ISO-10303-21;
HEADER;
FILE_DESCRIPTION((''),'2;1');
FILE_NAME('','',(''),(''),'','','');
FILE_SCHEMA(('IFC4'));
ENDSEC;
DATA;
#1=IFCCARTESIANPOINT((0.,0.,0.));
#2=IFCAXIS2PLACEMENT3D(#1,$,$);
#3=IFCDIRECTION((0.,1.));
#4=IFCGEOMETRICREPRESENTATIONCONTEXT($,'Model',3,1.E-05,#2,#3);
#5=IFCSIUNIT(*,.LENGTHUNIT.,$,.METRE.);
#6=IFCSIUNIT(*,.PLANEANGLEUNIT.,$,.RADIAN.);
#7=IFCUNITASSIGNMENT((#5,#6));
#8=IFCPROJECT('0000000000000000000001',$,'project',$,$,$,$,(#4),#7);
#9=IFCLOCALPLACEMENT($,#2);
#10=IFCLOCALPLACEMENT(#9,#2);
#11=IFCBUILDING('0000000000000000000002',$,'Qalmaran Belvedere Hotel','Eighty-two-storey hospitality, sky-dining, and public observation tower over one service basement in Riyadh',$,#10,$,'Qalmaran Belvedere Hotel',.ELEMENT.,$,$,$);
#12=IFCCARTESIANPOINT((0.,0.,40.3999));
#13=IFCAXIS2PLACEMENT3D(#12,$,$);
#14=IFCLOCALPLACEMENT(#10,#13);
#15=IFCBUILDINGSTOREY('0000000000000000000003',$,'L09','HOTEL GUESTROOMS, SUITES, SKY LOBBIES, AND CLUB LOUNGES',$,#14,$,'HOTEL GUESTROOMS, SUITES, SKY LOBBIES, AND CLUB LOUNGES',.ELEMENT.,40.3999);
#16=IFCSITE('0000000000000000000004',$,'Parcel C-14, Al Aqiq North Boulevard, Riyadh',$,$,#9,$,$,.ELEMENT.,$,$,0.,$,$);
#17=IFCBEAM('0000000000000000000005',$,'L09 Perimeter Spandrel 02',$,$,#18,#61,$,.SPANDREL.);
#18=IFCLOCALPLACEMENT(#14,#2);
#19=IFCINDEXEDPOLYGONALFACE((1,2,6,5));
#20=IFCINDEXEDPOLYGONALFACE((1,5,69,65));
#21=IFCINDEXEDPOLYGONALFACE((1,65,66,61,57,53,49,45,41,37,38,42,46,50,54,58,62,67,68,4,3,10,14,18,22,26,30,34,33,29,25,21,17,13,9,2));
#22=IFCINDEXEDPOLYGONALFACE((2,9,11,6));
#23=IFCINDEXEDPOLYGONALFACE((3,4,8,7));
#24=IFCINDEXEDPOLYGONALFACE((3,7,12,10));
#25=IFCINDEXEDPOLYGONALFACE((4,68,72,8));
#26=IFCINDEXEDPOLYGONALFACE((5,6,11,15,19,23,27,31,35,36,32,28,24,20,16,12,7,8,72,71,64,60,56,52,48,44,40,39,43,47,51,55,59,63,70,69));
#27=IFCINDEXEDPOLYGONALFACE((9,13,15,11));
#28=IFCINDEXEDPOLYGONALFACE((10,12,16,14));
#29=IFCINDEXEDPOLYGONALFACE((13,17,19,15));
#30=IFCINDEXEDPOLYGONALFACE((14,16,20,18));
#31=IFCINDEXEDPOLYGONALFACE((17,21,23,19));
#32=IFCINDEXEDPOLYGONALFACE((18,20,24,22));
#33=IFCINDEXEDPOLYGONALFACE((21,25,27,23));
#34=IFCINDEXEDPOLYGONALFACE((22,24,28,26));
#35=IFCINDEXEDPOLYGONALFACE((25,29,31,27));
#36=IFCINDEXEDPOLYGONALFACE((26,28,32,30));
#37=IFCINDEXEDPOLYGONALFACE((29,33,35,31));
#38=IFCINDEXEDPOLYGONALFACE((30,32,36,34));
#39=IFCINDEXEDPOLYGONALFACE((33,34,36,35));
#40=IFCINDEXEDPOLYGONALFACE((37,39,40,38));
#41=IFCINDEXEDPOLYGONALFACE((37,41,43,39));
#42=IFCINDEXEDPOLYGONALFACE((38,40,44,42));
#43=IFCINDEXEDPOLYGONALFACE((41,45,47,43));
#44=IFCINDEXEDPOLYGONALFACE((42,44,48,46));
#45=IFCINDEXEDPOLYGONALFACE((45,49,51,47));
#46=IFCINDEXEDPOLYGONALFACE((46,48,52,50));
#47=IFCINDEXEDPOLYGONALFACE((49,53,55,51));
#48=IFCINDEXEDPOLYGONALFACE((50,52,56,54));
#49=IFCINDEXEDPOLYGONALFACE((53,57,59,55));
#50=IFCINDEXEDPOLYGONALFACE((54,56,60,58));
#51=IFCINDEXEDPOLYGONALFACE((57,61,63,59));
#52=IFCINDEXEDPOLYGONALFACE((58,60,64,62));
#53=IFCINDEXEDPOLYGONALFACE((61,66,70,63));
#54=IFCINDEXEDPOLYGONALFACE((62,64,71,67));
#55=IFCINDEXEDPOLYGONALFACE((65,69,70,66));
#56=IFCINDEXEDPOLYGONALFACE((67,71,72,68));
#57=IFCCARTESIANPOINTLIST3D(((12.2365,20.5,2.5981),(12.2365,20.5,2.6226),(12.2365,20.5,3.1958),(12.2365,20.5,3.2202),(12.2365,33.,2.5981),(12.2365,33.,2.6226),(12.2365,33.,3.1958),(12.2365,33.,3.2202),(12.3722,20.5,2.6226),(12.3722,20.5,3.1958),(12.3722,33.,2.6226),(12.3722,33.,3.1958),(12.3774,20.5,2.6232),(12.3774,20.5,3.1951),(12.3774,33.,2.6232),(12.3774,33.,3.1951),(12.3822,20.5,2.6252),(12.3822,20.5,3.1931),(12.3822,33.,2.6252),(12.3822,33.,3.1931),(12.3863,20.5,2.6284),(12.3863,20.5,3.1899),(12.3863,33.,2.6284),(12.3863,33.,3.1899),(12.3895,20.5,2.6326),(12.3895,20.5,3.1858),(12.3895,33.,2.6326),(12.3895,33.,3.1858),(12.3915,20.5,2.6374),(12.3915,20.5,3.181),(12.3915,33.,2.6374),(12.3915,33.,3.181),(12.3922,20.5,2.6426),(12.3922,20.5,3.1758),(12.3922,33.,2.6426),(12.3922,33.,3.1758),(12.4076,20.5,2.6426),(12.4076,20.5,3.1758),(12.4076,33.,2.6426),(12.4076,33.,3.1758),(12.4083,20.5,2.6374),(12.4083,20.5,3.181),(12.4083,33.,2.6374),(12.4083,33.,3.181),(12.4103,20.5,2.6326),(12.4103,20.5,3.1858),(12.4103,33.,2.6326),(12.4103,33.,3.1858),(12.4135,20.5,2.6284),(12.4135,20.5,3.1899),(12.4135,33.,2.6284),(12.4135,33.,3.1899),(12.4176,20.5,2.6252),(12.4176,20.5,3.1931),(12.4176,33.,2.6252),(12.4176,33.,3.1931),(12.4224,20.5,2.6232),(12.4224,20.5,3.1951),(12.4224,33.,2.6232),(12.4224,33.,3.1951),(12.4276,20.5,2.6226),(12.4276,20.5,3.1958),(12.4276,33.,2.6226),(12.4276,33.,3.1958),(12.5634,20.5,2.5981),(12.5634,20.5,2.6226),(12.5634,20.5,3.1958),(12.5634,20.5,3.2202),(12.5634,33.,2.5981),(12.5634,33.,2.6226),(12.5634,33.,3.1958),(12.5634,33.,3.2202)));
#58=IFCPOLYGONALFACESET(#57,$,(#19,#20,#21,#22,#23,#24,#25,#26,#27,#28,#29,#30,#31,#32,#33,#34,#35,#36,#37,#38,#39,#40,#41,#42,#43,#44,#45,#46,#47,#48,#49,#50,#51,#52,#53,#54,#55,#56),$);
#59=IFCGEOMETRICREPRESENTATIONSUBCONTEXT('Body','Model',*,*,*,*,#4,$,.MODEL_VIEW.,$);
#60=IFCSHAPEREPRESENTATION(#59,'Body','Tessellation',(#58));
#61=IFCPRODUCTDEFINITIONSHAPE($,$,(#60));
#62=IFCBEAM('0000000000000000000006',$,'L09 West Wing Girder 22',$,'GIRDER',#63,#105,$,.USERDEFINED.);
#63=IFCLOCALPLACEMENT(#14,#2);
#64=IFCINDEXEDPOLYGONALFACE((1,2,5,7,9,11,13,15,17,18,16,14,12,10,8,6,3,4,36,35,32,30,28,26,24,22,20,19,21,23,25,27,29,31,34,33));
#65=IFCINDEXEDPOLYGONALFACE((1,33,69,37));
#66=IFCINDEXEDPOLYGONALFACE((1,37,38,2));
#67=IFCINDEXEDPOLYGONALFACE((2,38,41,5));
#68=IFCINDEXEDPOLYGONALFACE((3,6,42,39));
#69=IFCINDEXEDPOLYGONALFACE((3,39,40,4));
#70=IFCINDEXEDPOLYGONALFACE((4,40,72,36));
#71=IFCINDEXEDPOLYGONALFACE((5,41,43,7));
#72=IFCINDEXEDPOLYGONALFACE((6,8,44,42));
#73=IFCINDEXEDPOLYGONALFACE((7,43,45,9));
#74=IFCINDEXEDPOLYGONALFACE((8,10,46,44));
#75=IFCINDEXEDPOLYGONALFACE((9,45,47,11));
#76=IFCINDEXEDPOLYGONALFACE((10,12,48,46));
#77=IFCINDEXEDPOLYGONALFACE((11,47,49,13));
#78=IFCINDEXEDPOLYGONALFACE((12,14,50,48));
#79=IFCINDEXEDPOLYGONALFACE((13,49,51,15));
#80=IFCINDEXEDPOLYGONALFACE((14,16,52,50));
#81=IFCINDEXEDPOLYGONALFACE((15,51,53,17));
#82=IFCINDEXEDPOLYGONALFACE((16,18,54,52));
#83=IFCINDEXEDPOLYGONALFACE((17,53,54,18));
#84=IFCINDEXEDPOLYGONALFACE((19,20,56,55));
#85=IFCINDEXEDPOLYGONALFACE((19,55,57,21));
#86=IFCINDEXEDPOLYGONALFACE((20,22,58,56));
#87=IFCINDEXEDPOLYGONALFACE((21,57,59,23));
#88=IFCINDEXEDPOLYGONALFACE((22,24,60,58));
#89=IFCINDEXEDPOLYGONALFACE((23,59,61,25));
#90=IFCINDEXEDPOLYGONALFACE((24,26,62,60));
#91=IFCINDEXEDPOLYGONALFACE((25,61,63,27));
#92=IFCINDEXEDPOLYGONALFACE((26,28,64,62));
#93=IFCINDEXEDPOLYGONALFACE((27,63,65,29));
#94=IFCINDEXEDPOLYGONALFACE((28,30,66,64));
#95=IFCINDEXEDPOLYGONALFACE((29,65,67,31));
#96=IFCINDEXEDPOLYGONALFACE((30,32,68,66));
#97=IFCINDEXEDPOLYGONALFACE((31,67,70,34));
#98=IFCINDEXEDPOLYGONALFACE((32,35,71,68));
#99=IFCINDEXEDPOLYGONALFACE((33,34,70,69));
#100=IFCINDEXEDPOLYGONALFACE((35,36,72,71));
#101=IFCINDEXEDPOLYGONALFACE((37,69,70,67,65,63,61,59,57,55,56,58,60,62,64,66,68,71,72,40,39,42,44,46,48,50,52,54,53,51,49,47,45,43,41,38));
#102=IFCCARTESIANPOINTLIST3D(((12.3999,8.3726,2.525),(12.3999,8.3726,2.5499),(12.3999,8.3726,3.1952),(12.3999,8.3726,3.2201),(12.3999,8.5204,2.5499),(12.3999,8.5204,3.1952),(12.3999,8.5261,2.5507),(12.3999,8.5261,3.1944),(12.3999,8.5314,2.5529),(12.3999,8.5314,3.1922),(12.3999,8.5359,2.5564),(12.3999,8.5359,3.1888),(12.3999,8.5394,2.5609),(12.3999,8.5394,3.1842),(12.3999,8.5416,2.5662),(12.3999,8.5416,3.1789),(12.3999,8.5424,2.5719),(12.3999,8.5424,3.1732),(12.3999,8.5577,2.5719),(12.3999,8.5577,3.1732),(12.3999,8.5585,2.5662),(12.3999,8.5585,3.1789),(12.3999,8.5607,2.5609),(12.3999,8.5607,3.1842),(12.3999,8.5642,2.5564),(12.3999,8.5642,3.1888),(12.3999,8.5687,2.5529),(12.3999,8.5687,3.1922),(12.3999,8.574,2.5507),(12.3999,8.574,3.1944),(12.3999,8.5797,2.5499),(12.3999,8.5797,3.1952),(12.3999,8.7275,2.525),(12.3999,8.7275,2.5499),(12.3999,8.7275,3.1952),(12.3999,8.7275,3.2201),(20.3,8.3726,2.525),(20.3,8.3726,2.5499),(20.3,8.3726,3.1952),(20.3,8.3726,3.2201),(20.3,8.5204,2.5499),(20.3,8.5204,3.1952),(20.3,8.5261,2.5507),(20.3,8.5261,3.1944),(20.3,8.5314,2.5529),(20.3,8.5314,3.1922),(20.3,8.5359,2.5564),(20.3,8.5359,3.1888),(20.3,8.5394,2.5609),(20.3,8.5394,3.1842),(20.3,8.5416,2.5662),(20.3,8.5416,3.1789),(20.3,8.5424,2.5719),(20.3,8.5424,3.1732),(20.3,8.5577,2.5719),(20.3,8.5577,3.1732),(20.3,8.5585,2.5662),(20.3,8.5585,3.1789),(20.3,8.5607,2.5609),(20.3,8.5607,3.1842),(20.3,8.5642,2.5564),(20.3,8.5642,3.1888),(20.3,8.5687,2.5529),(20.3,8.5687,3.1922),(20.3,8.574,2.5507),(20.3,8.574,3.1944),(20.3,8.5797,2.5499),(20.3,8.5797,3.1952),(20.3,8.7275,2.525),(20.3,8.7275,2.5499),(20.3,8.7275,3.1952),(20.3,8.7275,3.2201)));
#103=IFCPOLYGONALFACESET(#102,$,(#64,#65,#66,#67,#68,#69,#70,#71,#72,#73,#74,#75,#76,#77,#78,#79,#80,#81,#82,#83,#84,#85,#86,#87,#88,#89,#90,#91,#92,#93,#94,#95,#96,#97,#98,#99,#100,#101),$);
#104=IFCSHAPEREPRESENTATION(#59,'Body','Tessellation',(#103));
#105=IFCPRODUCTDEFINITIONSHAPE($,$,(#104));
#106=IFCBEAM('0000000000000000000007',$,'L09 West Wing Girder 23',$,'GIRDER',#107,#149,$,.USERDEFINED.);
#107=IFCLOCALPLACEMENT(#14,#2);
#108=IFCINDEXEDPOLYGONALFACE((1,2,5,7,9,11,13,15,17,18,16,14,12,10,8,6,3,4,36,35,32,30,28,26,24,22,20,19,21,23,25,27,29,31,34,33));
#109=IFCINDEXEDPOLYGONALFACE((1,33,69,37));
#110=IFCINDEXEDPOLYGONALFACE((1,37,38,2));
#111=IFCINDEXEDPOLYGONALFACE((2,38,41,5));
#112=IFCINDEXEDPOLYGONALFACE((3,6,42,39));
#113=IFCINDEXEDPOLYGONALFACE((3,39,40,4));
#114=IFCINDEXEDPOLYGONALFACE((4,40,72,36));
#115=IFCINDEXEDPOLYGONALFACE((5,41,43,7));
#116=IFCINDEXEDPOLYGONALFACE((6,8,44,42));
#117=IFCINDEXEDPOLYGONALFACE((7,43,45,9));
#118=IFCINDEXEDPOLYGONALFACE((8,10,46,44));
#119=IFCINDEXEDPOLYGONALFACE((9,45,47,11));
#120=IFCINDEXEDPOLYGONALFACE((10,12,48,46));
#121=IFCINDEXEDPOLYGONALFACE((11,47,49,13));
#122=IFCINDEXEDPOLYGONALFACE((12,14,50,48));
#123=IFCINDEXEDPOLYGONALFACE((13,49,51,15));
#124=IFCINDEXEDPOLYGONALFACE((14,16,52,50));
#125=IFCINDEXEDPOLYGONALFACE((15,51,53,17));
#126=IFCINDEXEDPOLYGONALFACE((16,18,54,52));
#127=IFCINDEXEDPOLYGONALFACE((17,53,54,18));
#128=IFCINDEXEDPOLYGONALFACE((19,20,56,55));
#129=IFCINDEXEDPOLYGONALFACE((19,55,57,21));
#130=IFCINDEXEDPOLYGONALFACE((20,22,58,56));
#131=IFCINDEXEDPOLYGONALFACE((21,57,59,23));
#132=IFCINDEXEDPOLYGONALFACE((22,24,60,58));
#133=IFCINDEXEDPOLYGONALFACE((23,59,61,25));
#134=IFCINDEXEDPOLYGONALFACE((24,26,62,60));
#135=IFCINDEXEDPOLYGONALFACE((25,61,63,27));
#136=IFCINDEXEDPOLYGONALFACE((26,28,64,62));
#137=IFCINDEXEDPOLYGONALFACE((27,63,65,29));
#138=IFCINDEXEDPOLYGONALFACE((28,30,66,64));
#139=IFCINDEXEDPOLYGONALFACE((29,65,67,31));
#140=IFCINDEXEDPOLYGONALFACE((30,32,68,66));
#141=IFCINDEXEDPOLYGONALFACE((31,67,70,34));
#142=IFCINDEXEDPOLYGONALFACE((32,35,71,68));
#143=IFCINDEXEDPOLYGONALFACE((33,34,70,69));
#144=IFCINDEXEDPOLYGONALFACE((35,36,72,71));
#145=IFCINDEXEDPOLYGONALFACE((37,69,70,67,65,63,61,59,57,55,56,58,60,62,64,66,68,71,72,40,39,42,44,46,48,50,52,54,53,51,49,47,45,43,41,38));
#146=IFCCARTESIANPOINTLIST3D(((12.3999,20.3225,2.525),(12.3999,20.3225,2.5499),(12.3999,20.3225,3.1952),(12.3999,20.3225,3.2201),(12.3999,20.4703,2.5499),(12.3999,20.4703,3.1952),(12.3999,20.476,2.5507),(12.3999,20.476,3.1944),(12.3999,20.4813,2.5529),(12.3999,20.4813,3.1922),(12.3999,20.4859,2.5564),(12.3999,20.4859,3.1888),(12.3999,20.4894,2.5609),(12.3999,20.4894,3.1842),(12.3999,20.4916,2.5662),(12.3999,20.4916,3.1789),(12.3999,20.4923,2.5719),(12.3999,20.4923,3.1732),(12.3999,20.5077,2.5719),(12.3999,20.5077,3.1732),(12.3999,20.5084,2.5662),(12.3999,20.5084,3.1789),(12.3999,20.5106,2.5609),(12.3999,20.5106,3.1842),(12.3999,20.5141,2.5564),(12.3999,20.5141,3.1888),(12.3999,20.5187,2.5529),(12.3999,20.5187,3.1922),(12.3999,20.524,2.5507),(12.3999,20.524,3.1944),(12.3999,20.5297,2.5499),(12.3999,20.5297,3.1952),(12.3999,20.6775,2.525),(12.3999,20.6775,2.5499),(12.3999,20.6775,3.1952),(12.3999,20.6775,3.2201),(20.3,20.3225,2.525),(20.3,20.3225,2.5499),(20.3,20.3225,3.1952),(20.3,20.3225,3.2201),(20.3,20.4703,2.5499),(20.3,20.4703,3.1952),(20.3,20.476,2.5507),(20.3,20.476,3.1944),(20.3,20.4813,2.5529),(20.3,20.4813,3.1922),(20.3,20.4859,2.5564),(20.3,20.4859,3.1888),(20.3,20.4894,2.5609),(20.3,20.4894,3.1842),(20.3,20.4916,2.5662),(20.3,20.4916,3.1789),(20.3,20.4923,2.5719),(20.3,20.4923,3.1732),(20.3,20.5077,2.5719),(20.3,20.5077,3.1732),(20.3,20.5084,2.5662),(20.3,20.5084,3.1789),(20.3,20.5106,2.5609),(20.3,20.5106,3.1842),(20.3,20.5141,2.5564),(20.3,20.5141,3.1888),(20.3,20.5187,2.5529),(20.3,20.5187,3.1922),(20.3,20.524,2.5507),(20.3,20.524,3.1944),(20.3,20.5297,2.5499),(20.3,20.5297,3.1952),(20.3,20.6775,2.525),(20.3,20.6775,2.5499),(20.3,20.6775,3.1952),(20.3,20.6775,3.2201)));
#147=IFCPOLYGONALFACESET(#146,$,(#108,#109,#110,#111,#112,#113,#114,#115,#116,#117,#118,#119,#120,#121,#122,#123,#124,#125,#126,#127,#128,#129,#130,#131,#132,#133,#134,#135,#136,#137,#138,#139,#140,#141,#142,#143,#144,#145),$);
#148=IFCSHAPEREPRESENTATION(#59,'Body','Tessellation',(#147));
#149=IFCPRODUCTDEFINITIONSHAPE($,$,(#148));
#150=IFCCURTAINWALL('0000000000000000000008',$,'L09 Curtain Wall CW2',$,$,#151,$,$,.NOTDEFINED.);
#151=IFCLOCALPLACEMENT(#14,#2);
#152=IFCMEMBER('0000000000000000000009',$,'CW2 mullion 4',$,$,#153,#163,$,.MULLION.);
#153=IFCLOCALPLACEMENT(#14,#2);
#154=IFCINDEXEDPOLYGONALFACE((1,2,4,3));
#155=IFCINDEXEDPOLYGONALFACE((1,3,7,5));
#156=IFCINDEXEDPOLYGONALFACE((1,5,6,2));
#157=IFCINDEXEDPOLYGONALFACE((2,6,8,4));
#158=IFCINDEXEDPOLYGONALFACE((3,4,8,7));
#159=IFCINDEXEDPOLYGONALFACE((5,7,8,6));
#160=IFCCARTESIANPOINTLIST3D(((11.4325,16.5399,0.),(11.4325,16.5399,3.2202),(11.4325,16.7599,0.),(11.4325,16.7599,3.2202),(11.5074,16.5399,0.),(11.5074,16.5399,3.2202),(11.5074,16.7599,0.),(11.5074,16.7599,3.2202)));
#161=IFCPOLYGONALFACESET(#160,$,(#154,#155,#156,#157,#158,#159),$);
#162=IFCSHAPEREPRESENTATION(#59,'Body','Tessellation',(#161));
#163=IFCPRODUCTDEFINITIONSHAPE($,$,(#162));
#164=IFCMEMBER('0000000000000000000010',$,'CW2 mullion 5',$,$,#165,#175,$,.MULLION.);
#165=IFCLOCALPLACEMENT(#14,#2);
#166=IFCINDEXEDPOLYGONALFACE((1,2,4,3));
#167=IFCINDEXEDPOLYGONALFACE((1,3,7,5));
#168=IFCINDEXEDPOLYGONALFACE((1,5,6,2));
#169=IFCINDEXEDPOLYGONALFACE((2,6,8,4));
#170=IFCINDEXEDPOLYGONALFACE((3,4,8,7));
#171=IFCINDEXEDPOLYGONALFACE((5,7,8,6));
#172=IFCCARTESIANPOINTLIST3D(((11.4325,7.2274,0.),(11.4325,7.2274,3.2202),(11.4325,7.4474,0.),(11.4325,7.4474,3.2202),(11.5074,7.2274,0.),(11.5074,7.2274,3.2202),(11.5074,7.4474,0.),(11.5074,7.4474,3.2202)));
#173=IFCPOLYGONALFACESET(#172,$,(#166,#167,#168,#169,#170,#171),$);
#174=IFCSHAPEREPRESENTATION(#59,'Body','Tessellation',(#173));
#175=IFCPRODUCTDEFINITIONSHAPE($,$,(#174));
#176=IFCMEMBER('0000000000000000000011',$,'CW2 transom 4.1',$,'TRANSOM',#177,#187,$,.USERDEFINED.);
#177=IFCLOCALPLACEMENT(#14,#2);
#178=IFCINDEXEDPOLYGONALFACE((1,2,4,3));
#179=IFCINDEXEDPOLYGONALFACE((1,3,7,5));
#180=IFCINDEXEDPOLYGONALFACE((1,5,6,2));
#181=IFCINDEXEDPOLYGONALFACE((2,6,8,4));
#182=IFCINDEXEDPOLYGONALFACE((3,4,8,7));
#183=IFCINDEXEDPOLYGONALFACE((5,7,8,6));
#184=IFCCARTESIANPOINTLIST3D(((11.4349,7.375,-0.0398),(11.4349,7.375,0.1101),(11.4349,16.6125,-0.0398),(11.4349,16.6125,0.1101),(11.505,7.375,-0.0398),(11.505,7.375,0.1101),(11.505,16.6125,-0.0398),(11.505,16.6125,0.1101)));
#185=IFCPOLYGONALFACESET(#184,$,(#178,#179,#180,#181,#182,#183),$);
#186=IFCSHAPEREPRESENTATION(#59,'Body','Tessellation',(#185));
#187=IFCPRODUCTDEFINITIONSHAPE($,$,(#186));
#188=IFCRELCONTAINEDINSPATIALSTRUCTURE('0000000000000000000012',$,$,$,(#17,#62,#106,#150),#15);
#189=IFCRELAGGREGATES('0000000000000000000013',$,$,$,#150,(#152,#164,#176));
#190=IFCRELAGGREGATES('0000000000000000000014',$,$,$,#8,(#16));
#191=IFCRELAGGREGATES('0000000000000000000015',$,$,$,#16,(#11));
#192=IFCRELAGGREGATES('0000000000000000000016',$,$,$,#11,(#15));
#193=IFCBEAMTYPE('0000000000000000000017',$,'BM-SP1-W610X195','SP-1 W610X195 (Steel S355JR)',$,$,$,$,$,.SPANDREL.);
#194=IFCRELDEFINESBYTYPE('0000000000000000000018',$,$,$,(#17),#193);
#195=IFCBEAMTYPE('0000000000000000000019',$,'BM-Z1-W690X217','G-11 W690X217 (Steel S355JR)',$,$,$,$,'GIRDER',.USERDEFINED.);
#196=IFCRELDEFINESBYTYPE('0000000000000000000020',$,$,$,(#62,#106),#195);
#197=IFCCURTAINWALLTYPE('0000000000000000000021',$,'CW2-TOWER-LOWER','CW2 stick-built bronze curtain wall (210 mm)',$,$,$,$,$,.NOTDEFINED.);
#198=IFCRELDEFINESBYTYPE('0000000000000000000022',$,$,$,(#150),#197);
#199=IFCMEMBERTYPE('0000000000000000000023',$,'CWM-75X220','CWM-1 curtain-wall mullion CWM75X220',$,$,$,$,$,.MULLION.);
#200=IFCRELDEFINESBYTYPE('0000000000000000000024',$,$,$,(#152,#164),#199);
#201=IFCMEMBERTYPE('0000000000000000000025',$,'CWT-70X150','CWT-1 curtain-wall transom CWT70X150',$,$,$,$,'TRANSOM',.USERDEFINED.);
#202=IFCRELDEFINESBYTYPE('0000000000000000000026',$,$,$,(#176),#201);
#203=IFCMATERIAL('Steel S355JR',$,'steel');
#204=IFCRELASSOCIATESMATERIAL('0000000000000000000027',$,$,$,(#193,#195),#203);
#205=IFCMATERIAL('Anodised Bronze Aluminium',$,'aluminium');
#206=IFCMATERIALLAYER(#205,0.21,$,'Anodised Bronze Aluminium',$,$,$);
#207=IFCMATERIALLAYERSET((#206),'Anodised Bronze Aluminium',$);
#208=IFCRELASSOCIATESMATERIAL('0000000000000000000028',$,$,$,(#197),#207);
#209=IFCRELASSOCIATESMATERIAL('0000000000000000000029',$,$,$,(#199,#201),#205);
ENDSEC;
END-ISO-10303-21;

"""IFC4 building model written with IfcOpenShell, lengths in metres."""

from ifc_helpers import new_model, si_unit, direction, frame, origin, origin_2d, place, context, subcontext, project, spatial, rectangle, i_section, extrude, material, layer, layer_set, material_profile, profile_set, type_object, element, aggregate, save


model = new_model("IFC4")

# Units and contexts
model_context = context("Model", 3, precision=1e-05, world=origin(), true_north=direction((0.0, 1.0)))
body_context = subcontext(model_context, "Body", "Model", "MODEL_VIEW")
ifc_project = project(units=[si_unit("LENGTHUNIT", "METRE"), si_unit("PLANEANGLEUNIT", "RADIAN")], contexts=[model_context])

# Site, building, storey
site_placement = place(None, origin())
site = spatial("IfcSite", under=ifc_project, at=site_placement, Name="Parcel C-14, Al Aqiq North Boulevard, Riyadh", CompositionType="ELEMENT", RefElevation=0.0)
building_placement = place(site_placement, origin())
building = spatial("IfcBuilding", under=site, at=building_placement, Name="Qalmaran Belvedere Hotel", Description="Eighty-two-storey hospitality, sky-dining, and public observation tower over one service basement in Riyadh", LongName="Qalmaran Belvedere Hotel", CompositionType="ELEMENT")
storey_placement = place(building_placement, frame((0.0, 0.0, 40.3999)))
storey = spatial("IfcBuildingStorey", under=building, at=storey_placement, Name="L09", Description="HOTEL GUESTROOMS, SUITES, SKY LOBBIES, AND CLUB LOUNGES", LongName="HOTEL GUESTROOMS, SUITES, SKY LOBBIES, AND CLUB LOUNGES", CompositionType="ELEMENT", Elevation=40.3999)

# Beams
ifc_material_1 = material(Name="Steel S355JR", Category="steel")
ifc_material_profile_1 = material_profile(ifc_material_1, i_section(OverallWidth=0.3269, OverallDepth=0.6221, WebThickness=0.0154, FlangeThickness=0.0244, FilletRadius=0.02, at=origin_2d()), Name="W610X195")
ifc_profile_set_1 = profile_set([ifc_material_profile_1], Name="Steel S355JR")
beam_type_1 = type_object("IfcBeamType", Name="BM-SP1-W610X195", Description="SP-1 W610X195 (Steel S355JR)", PredefinedType="SPANDREL", material=ifc_profile_set_1)
beam_1_placement = place(storey_placement, frame((12.3999, 20.5, 2.9092), z_axis=(0.0, 1.0, 0.0), x_axis=(-1.0, 0.0, 0.0)))
element("IfcBeam", 1, at=beam_1_placement, inside=storey, type_object=beam_type_1, Name="L09 Perimeter Spandrel 02", PredefinedType="SPANDREL", context=body_context, shape_type="SweptSolid", body=[
    extrude(i_section(OverallWidth=0.3269, OverallDepth=0.6221, WebThickness=0.0154, FlangeThickness=0.0244, FilletRadius=0.02, at=origin_2d()), origin(), (0.0, 0.0, 1.0), 12.5),
])
ifc_material_profile_2 = material_profile(ifc_material_1, i_section(OverallWidth=0.355, OverallDepth=0.6951, WebThickness=0.0154, FlangeThickness=0.0249, FilletRadius=0.022, at=origin_2d()), Name="W690X217")
ifc_profile_set_2 = profile_set([ifc_material_profile_2], Name="Steel S355JR")
beam_type_2 = type_object("IfcBeamType", Name="BM-Z1-W690X217", Description="G-11 W690X217 (Steel S355JR)", ElementType="GIRDER", PredefinedType="USERDEFINED", material=ifc_profile_set_2)
for number, where, z_axis, x_axis, name in (
    (2, (12.3999, 8.55, 2.8726), (1.0, 0.0, 0.0), (0.0, 1.0, 0.0), "L09 West Wing Girder 22"),
    (3, (12.3999, 20.5, 2.8726), (1.0, 0.0, 0.0), (0.0, 1.0, 0.0), "L09 West Wing Girder 23"),
):
    element("IfcBeam", number, at=place(storey_placement, frame(where, z_axis=z_axis, x_axis=x_axis)), inside=storey, type_object=beam_type_2, Name=name, ObjectType="GIRDER", PredefinedType="USERDEFINED", context=body_context, shape_type="SweptSolid", body=[
        extrude(i_section(OverallWidth=0.355, OverallDepth=0.6951, WebThickness=0.0154, FlangeThickness=0.0249, FilletRadius=0.022, at=origin_2d()), origin(), (0.0, 0.0, 1.0), 7.9001),
    ])

# Curtain wall, members
ifc_material_2 = material(Name="Anodised Bronze Aluminium", Category="aluminium")
ifc_layer_1 = layer(ifc_material_2, 0.21, Name="Anodised Bronze Aluminium")
ifc_layer_set_1 = layer_set([ifc_layer_1], Name="Anodised Bronze Aluminium")
curtain_wall_type = type_object("IfcCurtainWallType", Name="CW2-TOWER-LOWER", Description="CW2 stick-built bronze curtain wall (210 mm)", PredefinedType="NOTDEFINED", material=ifc_layer_set_1)
curtain_wall_1_placement = place(storey_placement, origin())
curtain_wall_1 = element("IfcCurtainWall", 4, at=curtain_wall_1_placement, inside=storey, type_object=curtain_wall_type, Name="L09 Curtain Wall CW2", PredefinedType="NOTDEFINED")
ifc_material_profile_3 = material_profile(ifc_material_2, rectangle(XDim=0.075, YDim=0.22, at=origin_2d()), Name="CWM75X220")
ifc_profile_set_3 = profile_set([ifc_material_profile_3], Name="Anodised Bronze Aluminium")
member_type_1 = type_object("IfcMemberType", Name="CWM-75X220", Description="CWM-1 curtain-wall mullion CWM75X220", PredefinedType="MULLION", material=ifc_profile_set_3)
member_1_placement = place(storey_placement, frame((11.47, 16.6499, 0.0), z_axis=(0.0, 0.0, 1.0), x_axis=(1.0, 0.0, 0.0)))
member_1 = element("IfcMember", 5, at=member_1_placement, type_object=member_type_1, Name="CW2 mullion 4", PredefinedType="MULLION", context=body_context, shape_type="SweptSolid", body=[
    extrude(rectangle(XDim=0.075, YDim=0.22, at=origin_2d()), origin(), (0.0, 0.0, 1.0), 3.2202),
])
member_2_placement = place(storey_placement, frame((11.47, 7.3374, 0.0), z_axis=(0.0, 0.0, 1.0), x_axis=(1.0, 0.0, 0.0)))
member_2 = element("IfcMember", 6, at=member_2_placement, type_object=member_type_1, Name="CW2 mullion 5", PredefinedType="MULLION", context=body_context, shape_type="SweptSolid", body=[
    extrude(rectangle(XDim=0.075, YDim=0.22, at=origin_2d()), origin(), (0.0, 0.0, 1.0), 3.2202),
])
ifc_material_profile_4 = material_profile(ifc_material_2, rectangle(XDim=0.0701, YDim=0.1499, at=origin_2d()), Name="CWT70X150")
ifc_profile_set_4 = profile_set([ifc_material_profile_4], Name="Anodised Bronze Aluminium")
member_type_2 = type_object("IfcMemberType", Name="CWT-70X150", Description="CWT-1 curtain-wall transom CWT70X150", ElementType="TRANSOM", PredefinedType="USERDEFINED", material=ifc_profile_set_4)
member_3_placement = place(storey_placement, frame((11.47, 16.6125, 0.0352), z_axis=(0.0, -1.0, 0.0), x_axis=(1.0, 0.0, 0.0)))
member_3 = element("IfcMember", 7, at=member_3_placement, type_object=member_type_2, Name="CW2 transom 4.1", ObjectType="TRANSOM", PredefinedType="USERDEFINED", context=body_context, shape_type="SweptSolid", body=[
    extrude(rectangle(XDim=0.0701, YDim=0.1499, at=origin_2d()), origin(), (0.0, 0.0, 1.0), 9.2375),
])

aggregate(curtain_wall_1, [member_1, member_2, member_3])

save(model, "model.ifc")
